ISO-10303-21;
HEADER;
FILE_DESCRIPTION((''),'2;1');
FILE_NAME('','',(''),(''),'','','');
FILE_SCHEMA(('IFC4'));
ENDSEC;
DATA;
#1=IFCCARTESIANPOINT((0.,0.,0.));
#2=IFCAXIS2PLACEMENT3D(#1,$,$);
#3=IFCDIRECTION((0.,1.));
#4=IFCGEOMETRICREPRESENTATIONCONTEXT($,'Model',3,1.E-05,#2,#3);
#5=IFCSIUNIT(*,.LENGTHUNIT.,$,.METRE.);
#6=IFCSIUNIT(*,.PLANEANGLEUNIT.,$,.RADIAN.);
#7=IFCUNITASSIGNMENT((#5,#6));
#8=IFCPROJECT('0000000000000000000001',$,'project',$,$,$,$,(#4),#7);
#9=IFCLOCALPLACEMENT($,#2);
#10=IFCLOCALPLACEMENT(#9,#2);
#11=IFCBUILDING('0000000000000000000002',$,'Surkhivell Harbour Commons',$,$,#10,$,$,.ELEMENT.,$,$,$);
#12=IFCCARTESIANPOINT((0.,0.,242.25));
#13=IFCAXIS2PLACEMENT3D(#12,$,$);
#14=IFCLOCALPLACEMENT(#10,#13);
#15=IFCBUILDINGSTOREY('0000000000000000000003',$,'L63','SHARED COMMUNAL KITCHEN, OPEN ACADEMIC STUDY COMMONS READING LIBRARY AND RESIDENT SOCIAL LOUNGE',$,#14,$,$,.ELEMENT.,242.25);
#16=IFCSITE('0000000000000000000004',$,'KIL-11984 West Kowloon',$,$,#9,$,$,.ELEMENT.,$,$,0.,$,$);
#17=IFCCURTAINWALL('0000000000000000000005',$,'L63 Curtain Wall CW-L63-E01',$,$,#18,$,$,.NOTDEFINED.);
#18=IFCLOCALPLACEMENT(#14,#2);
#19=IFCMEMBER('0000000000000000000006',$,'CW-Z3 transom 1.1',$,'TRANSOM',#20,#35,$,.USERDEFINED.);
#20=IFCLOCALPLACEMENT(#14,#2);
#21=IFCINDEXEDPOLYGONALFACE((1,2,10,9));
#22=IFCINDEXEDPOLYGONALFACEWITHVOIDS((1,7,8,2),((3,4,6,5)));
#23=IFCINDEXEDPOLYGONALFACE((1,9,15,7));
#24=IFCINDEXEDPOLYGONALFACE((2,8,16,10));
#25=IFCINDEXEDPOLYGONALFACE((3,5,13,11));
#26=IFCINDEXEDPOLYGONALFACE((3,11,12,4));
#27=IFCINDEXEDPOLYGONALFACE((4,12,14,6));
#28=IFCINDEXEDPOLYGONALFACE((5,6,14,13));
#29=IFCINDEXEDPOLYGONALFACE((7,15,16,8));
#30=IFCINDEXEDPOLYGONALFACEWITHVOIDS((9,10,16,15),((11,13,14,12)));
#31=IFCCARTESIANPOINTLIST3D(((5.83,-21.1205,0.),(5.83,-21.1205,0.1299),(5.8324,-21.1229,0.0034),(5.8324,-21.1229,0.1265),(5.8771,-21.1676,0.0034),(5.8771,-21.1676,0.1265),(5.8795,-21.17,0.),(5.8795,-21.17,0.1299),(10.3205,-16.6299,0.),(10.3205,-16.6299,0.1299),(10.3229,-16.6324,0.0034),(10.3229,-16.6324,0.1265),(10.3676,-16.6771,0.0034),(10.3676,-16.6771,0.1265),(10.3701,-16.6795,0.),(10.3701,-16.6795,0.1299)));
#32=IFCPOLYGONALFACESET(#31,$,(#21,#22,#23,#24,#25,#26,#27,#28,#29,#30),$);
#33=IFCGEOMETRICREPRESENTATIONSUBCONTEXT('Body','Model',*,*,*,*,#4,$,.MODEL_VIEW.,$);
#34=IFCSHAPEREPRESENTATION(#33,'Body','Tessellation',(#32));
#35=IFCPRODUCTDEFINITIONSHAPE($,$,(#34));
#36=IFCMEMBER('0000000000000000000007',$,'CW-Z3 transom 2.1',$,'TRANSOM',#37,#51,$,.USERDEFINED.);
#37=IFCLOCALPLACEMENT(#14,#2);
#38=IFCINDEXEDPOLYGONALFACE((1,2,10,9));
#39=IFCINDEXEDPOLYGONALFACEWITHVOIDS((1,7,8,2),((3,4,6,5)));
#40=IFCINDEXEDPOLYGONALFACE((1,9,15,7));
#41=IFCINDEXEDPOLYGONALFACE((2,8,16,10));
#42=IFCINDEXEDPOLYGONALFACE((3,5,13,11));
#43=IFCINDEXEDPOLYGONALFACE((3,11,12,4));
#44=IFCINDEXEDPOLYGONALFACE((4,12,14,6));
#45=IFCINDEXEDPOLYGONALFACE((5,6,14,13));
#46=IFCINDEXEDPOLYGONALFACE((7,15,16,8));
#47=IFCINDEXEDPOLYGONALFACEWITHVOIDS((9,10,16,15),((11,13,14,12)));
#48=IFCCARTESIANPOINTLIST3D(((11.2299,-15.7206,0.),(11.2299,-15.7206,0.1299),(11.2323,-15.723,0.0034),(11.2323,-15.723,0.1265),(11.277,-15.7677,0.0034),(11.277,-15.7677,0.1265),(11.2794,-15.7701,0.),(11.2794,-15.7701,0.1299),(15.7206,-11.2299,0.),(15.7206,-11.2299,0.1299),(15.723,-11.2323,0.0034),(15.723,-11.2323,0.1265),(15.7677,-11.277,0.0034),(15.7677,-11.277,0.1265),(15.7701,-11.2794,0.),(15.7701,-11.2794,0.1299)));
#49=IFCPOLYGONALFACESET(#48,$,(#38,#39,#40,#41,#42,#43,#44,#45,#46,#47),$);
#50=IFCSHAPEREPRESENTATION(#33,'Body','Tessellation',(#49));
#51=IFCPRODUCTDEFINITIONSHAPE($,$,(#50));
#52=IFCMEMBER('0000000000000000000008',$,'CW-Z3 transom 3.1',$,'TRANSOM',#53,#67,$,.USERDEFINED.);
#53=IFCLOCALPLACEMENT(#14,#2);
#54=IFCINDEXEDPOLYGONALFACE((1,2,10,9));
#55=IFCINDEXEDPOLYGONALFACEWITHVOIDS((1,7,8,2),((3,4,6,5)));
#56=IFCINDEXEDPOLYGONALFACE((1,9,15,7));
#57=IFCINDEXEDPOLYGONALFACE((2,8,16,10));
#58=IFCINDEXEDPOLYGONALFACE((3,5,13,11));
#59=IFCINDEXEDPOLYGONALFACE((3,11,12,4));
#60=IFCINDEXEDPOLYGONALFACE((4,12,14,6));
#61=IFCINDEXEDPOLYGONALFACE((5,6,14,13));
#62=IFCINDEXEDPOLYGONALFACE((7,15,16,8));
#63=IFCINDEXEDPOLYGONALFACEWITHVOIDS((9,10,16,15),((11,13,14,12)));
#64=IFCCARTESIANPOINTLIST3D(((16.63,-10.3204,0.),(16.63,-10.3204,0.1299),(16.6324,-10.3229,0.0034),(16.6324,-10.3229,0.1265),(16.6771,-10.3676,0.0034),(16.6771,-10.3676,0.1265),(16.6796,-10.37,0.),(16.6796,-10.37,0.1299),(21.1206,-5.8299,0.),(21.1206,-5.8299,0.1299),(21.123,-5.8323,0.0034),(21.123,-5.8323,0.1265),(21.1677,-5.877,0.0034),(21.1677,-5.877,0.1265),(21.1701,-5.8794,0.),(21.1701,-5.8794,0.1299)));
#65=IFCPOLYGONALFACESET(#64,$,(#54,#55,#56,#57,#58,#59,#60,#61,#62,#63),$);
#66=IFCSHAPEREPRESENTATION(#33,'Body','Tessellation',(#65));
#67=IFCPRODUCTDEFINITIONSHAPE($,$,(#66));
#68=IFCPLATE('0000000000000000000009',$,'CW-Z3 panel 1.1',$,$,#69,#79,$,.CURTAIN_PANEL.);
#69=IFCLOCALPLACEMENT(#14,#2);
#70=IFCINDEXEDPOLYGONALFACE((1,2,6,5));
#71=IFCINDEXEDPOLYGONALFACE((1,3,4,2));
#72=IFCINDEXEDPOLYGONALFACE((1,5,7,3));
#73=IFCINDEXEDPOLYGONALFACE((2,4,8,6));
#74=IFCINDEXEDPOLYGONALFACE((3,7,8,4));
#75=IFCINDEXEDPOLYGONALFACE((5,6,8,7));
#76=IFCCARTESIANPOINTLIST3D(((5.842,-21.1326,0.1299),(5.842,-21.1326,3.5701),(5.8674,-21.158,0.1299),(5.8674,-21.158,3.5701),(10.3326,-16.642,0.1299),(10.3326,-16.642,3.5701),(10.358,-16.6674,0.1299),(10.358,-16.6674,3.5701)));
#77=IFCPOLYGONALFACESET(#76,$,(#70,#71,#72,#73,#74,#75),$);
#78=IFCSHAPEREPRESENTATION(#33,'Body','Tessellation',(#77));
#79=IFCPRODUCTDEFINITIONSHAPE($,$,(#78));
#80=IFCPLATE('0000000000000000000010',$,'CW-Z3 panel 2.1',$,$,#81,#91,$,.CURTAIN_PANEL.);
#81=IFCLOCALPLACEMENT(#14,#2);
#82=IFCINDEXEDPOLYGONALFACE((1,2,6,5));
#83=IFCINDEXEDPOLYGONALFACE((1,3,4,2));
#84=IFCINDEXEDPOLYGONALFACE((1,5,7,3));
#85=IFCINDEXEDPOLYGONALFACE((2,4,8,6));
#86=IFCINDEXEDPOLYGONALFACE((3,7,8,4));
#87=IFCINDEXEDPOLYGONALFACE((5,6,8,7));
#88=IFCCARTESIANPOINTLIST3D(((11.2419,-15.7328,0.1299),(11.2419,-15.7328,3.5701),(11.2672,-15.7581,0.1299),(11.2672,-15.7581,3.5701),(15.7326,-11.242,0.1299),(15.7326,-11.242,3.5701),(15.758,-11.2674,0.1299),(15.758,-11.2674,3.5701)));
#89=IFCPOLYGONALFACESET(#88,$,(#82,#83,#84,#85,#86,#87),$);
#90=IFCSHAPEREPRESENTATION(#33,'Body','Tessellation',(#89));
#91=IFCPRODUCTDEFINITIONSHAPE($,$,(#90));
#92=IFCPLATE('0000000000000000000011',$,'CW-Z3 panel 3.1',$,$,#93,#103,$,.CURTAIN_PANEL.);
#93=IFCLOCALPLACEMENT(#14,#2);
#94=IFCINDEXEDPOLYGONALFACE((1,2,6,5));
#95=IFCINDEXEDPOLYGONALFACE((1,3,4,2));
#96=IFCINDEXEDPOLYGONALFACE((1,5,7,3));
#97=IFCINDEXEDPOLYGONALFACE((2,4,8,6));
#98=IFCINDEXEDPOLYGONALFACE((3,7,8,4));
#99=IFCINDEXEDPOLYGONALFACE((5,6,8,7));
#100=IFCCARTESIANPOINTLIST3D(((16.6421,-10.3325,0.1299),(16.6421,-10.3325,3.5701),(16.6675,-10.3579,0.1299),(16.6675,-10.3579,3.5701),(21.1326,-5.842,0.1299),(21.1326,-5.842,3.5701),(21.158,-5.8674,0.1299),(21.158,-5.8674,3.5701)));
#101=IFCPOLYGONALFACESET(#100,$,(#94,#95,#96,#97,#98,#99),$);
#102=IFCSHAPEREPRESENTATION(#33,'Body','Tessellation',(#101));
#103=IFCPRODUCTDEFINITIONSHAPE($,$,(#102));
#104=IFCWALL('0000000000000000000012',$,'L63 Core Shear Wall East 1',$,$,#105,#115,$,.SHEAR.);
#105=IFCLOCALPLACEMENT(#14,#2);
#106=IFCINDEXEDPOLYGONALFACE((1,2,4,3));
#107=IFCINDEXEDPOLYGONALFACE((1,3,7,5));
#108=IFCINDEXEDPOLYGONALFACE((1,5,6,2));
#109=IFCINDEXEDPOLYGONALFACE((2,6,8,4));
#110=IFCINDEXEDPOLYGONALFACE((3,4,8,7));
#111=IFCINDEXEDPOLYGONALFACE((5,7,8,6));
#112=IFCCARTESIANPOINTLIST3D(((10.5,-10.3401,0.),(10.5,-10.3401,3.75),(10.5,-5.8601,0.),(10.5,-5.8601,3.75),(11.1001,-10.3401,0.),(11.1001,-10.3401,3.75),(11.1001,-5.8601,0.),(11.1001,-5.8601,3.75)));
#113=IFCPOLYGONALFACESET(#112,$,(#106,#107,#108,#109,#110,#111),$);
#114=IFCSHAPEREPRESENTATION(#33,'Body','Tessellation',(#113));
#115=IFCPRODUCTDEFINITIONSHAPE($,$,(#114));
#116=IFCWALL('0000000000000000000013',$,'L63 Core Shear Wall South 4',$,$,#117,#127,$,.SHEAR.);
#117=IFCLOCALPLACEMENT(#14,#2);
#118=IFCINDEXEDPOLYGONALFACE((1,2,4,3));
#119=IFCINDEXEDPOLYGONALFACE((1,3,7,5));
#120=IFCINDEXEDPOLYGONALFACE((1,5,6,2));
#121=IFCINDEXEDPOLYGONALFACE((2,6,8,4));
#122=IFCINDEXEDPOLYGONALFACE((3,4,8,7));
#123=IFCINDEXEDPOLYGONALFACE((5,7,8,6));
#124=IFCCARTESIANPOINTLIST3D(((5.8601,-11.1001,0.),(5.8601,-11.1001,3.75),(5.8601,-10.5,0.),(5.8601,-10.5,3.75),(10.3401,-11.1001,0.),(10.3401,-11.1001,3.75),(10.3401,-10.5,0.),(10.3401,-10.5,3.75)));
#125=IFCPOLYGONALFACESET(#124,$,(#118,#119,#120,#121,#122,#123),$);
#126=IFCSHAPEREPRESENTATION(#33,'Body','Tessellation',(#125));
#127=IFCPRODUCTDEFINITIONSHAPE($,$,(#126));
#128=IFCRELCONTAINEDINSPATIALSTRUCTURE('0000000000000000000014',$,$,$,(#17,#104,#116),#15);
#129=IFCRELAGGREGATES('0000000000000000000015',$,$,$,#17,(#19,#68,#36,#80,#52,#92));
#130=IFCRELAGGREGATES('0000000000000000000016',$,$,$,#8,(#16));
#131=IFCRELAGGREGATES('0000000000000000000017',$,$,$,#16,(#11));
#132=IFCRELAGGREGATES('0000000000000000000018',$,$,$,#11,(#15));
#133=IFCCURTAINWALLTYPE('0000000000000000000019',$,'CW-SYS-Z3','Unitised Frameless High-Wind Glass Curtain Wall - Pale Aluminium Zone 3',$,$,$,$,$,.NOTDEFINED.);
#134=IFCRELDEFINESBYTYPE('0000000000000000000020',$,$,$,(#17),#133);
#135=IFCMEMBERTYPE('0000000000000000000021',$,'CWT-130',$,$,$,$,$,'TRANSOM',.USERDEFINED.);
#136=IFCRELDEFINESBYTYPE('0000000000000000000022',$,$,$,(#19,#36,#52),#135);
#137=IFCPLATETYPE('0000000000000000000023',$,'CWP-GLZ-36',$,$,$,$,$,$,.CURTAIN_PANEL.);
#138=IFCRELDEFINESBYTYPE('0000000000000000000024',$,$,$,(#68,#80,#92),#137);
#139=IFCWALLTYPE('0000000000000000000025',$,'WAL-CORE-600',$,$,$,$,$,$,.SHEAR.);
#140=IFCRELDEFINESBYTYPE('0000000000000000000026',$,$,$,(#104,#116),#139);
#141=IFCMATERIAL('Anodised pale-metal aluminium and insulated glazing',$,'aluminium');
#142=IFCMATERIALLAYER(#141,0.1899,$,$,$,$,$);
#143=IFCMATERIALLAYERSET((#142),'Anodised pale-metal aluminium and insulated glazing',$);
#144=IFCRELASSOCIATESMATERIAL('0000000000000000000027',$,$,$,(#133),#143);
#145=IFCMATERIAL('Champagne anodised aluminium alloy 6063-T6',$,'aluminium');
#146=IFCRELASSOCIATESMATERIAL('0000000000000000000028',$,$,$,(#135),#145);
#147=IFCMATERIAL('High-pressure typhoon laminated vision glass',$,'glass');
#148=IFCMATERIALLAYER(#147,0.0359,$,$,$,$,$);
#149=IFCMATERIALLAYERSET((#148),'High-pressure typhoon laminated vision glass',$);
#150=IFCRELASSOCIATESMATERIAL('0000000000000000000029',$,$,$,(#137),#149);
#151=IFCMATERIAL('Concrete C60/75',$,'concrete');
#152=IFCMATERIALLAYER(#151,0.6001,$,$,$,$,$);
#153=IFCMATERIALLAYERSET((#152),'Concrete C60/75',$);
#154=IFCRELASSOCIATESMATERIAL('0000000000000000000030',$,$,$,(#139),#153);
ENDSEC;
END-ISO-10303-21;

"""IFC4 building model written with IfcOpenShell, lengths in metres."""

from ifc_helpers import new_model, si_unit, direction, frame, frame_2d, origin, origin_2d, place, context, subcontext, project, spatial, rectangle, hollow_rectangle, extrude, material, layer, layer_set, material_profile, profile_set, type_object, element, aggregate, save


model = new_model("IFC4")

# Units and contexts
model_context = context("Model", 3, precision=1e-05, world=origin(), true_north=direction((0.0, 1.0)))
body_context = subcontext(model_context, "Body", "Model", "MODEL_VIEW")
ifc_project = project(units=[si_unit("LENGTHUNIT", "METRE"), si_unit("PLANEANGLEUNIT", "RADIAN")], contexts=[model_context])

# Site, building, storey
site_placement = place(None, origin())
site = spatial("IfcSite", under=ifc_project, at=site_placement, Name="KIL-11984 West Kowloon", CompositionType="ELEMENT", RefElevation=0.0)
building_placement = place(site_placement, origin())
building = spatial("IfcBuilding", under=site, at=building_placement, Name="Surkhivell Harbour Commons", CompositionType="ELEMENT")
storey_placement = place(building_placement, frame((0.0, 0.0, 242.25)))
storey = spatial("IfcBuildingStorey", under=building, at=storey_placement, Name="L63", Description="SHARED COMMUNAL KITCHEN, OPEN ACADEMIC STUDY COMMONS READING LIBRARY AND RESIDENT SOCIAL LOUNGE", CompositionType="ELEMENT", Elevation=242.25)

# Shared definitions
ifc_material_1 = material(Name="Concrete C60/75", Category="concrete")

# Curtain wall, members, plates
ifc_material_2 = material(Name="Anodised pale-metal aluminium and insulated glazing", Category="aluminium")
ifc_layer_1 = layer(ifc_material_2, 0.1899)
ifc_layer_set_1 = layer_set([ifc_layer_1], Name="Anodised pale-metal aluminium and insulated glazing")
curtain_wall_type = type_object("IfcCurtainWallType", Name="CW-SYS-Z3", Description="Unitised Frameless High-Wind Glass Curtain Wall - Pale Aluminium Zone 3", PredefinedType="NOTDEFINED", material=ifc_layer_set_1)
curtain_wall_placement = place(storey_placement, origin())
curtain_wall = element("IfcCurtainWall", 1, at=curtain_wall_placement, inside=storey, type_object=curtain_wall_type, Name="L63 Curtain Wall CW-L63-E01", PredefinedType="NOTDEFINED")
ifc_material_3 = material(Name="Champagne anodised aluminium alloy 6063-T6", Category="aluminium")
ifc_material_profile_1 = material_profile(ifc_material_3, hollow_rectangle(XDim=0.0701, YDim=0.1299, WallThickness=0.0034, at=origin_2d()), Name="ALU-TRAN-70x130")
ifc_profile_set_1 = profile_set([ifc_material_profile_1], Name="Champagne anodised aluminium alloy 6063-T6")
member_type_1 = type_object("IfcMemberType", Name="CWT-130", ElementType="TRANSOM", PredefinedType="USERDEFINED", material=ifc_profile_set_1)
member_1_placement = place(storey_placement, frame((5.8547, -21.1453, 0.0649), z_axis=(0.707107, 0.707107, 0.0), x_axis=(-0.707107, 0.707107, 0.0)))
member_1 = element("IfcMember", 2, at=member_1_placement, type_object=member_type_1, Name="CW-Z3 transom 1.1", ObjectType="TRANSOM", PredefinedType="USERDEFINED", context=body_context, shape_type="SweptSolid", body=[
    extrude(hollow_rectangle(XDim=0.0701, YDim=0.1299, WallThickness=0.0034, at=origin_2d()), origin(), (0.0, 0.0, 1.0), 6.3506),
])
member_2_placement = place(storey_placement, frame((11.2546, -15.7454, 0.0649), z_axis=(0.707107, 0.707107, 0.0), x_axis=(-0.707107, 0.707107, 0.0)))
member_2 = element("IfcMember", 3, at=member_2_placement, type_object=member_type_1, Name="CW-Z3 transom 2.1", ObjectType="TRANSOM", PredefinedType="USERDEFINED", context=body_context, shape_type="SweptSolid", body=[
    extrude(hollow_rectangle(XDim=0.0701, YDim=0.1299, WallThickness=0.0034, at=origin_2d()), origin(), (0.0, 0.0, 1.0), 6.3508),
])
member_3_placement = place(storey_placement, frame((16.6548, -10.3452, 0.0649), z_axis=(0.707107, 0.707107, 0.0), x_axis=(-0.707107, 0.707107, 0.0)))
member_3 = element("IfcMember", 4, at=member_3_placement, type_object=member_type_1, Name="CW-Z3 transom 3.1", ObjectType="TRANSOM", PredefinedType="USERDEFINED", context=body_context, shape_type="SweptSolid", body=[
    extrude(hollow_rectangle(XDim=0.0701, YDim=0.1299, WallThickness=0.0034, at=origin_2d()), origin(), (0.0, 0.0, 1.0), 6.3506),
])
ifc_material_4 = material(Name="High-pressure typhoon laminated vision glass", Category="glass")
ifc_layer_2 = layer(ifc_material_4, 0.0359)
ifc_layer_set_2 = layer_set([ifc_layer_2], Name="High-pressure typhoon laminated vision glass")
plate_type = type_object("IfcPlateType", Name="CWP-GLZ-36", PredefinedType="CURTAIN_PANEL", material=ifc_layer_set_2)
plate_1_placement = place(storey_placement, frame((5.8547, -21.1453, 0.1299), z_axis=(0.0, 0.0, 1.0), x_axis=(0.707107, 0.707107, 0.0)))
plate_1 = element("IfcPlate", 5, at=plate_1_placement, type_object=plate_type, Name="CW-Z3 panel 1.1", PredefinedType="CURTAIN_PANEL", context=body_context, shape_type="SweptSolid", body=[
    extrude(rectangle(XDim=6.3506, YDim=0.0359, at=frame_2d((3.1753, 0.0))), origin(), (0.0, 0.0, 1.0), 3.4402),
])
plate_2_placement = place(storey_placement, frame((11.2546, -15.7454, 0.1299), z_axis=(0.0, 0.0, 1.0), x_axis=(0.707107, 0.707107, 0.0)))
plate_2 = element("IfcPlate", 6, at=plate_2_placement, type_object=plate_type, Name="CW-Z3 panel 2.1", PredefinedType="CURTAIN_PANEL", context=body_context, shape_type="SweptSolid", body=[
    extrude(rectangle(XDim=6.3508, YDim=0.0359, at=frame_2d((3.1753, 0.0))), origin(), (0.0, 0.0, 1.0), 3.4402),
])
plate_3_placement = place(storey_placement, frame((16.6548, -10.3452, 0.1299), z_axis=(0.0, 0.0, 1.0), x_axis=(0.707107, 0.707107, 0.0)))
plate_3 = element("IfcPlate", 7, at=plate_3_placement, type_object=plate_type, Name="CW-Z3 panel 3.1", PredefinedType="CURTAIN_PANEL", context=body_context, shape_type="SweptSolid", body=[
    extrude(rectangle(XDim=6.3506, YDim=0.0359, at=frame_2d((3.1753, 0.0))), origin(), (0.0, 0.0, 1.0), 3.4402),
])
aggregate(curtain_wall, [member_1, plate_1, member_2, plate_2, member_3, plate_3])

# Walls
ifc_layer_3 = layer(ifc_material_1, 0.6001)
ifc_layer_set_3 = layer_set([ifc_layer_3], Name="Concrete C60/75")
wall_type_1 = type_object("IfcWallType", Name="WAL-CORE-600", PredefinedType="SHEAR", material=ifc_layer_set_3)
for number, where, z_axis, x_axis, name in (
    (8, (10.8, -10.3401, 0.0), (0.0, 0.0, 1.0), (0.0, 1.0, 0.0), "L63 Core Shear Wall East 1"),
    (9, (5.8601, -10.8, 0.0), (0.0, 0.0, 1.0), (1.0, 0.0, 0.0), "L63 Core Shear Wall South 4"),
):
    element("IfcWall", number, at=place(storey_placement, frame(where, z_axis=z_axis, x_axis=x_axis)), inside=storey, type_object=wall_type_1, Name=name, PredefinedType="SHEAR", context=body_context, shape_type="SweptSolid", body=[
        extrude(rectangle(XDim=4.48, YDim=0.6001, at=frame_2d((2.24, 0.0))), origin(), (0.0, 0.0, 1.0), 3.75),
    ])

save(model, "model.ifc")
